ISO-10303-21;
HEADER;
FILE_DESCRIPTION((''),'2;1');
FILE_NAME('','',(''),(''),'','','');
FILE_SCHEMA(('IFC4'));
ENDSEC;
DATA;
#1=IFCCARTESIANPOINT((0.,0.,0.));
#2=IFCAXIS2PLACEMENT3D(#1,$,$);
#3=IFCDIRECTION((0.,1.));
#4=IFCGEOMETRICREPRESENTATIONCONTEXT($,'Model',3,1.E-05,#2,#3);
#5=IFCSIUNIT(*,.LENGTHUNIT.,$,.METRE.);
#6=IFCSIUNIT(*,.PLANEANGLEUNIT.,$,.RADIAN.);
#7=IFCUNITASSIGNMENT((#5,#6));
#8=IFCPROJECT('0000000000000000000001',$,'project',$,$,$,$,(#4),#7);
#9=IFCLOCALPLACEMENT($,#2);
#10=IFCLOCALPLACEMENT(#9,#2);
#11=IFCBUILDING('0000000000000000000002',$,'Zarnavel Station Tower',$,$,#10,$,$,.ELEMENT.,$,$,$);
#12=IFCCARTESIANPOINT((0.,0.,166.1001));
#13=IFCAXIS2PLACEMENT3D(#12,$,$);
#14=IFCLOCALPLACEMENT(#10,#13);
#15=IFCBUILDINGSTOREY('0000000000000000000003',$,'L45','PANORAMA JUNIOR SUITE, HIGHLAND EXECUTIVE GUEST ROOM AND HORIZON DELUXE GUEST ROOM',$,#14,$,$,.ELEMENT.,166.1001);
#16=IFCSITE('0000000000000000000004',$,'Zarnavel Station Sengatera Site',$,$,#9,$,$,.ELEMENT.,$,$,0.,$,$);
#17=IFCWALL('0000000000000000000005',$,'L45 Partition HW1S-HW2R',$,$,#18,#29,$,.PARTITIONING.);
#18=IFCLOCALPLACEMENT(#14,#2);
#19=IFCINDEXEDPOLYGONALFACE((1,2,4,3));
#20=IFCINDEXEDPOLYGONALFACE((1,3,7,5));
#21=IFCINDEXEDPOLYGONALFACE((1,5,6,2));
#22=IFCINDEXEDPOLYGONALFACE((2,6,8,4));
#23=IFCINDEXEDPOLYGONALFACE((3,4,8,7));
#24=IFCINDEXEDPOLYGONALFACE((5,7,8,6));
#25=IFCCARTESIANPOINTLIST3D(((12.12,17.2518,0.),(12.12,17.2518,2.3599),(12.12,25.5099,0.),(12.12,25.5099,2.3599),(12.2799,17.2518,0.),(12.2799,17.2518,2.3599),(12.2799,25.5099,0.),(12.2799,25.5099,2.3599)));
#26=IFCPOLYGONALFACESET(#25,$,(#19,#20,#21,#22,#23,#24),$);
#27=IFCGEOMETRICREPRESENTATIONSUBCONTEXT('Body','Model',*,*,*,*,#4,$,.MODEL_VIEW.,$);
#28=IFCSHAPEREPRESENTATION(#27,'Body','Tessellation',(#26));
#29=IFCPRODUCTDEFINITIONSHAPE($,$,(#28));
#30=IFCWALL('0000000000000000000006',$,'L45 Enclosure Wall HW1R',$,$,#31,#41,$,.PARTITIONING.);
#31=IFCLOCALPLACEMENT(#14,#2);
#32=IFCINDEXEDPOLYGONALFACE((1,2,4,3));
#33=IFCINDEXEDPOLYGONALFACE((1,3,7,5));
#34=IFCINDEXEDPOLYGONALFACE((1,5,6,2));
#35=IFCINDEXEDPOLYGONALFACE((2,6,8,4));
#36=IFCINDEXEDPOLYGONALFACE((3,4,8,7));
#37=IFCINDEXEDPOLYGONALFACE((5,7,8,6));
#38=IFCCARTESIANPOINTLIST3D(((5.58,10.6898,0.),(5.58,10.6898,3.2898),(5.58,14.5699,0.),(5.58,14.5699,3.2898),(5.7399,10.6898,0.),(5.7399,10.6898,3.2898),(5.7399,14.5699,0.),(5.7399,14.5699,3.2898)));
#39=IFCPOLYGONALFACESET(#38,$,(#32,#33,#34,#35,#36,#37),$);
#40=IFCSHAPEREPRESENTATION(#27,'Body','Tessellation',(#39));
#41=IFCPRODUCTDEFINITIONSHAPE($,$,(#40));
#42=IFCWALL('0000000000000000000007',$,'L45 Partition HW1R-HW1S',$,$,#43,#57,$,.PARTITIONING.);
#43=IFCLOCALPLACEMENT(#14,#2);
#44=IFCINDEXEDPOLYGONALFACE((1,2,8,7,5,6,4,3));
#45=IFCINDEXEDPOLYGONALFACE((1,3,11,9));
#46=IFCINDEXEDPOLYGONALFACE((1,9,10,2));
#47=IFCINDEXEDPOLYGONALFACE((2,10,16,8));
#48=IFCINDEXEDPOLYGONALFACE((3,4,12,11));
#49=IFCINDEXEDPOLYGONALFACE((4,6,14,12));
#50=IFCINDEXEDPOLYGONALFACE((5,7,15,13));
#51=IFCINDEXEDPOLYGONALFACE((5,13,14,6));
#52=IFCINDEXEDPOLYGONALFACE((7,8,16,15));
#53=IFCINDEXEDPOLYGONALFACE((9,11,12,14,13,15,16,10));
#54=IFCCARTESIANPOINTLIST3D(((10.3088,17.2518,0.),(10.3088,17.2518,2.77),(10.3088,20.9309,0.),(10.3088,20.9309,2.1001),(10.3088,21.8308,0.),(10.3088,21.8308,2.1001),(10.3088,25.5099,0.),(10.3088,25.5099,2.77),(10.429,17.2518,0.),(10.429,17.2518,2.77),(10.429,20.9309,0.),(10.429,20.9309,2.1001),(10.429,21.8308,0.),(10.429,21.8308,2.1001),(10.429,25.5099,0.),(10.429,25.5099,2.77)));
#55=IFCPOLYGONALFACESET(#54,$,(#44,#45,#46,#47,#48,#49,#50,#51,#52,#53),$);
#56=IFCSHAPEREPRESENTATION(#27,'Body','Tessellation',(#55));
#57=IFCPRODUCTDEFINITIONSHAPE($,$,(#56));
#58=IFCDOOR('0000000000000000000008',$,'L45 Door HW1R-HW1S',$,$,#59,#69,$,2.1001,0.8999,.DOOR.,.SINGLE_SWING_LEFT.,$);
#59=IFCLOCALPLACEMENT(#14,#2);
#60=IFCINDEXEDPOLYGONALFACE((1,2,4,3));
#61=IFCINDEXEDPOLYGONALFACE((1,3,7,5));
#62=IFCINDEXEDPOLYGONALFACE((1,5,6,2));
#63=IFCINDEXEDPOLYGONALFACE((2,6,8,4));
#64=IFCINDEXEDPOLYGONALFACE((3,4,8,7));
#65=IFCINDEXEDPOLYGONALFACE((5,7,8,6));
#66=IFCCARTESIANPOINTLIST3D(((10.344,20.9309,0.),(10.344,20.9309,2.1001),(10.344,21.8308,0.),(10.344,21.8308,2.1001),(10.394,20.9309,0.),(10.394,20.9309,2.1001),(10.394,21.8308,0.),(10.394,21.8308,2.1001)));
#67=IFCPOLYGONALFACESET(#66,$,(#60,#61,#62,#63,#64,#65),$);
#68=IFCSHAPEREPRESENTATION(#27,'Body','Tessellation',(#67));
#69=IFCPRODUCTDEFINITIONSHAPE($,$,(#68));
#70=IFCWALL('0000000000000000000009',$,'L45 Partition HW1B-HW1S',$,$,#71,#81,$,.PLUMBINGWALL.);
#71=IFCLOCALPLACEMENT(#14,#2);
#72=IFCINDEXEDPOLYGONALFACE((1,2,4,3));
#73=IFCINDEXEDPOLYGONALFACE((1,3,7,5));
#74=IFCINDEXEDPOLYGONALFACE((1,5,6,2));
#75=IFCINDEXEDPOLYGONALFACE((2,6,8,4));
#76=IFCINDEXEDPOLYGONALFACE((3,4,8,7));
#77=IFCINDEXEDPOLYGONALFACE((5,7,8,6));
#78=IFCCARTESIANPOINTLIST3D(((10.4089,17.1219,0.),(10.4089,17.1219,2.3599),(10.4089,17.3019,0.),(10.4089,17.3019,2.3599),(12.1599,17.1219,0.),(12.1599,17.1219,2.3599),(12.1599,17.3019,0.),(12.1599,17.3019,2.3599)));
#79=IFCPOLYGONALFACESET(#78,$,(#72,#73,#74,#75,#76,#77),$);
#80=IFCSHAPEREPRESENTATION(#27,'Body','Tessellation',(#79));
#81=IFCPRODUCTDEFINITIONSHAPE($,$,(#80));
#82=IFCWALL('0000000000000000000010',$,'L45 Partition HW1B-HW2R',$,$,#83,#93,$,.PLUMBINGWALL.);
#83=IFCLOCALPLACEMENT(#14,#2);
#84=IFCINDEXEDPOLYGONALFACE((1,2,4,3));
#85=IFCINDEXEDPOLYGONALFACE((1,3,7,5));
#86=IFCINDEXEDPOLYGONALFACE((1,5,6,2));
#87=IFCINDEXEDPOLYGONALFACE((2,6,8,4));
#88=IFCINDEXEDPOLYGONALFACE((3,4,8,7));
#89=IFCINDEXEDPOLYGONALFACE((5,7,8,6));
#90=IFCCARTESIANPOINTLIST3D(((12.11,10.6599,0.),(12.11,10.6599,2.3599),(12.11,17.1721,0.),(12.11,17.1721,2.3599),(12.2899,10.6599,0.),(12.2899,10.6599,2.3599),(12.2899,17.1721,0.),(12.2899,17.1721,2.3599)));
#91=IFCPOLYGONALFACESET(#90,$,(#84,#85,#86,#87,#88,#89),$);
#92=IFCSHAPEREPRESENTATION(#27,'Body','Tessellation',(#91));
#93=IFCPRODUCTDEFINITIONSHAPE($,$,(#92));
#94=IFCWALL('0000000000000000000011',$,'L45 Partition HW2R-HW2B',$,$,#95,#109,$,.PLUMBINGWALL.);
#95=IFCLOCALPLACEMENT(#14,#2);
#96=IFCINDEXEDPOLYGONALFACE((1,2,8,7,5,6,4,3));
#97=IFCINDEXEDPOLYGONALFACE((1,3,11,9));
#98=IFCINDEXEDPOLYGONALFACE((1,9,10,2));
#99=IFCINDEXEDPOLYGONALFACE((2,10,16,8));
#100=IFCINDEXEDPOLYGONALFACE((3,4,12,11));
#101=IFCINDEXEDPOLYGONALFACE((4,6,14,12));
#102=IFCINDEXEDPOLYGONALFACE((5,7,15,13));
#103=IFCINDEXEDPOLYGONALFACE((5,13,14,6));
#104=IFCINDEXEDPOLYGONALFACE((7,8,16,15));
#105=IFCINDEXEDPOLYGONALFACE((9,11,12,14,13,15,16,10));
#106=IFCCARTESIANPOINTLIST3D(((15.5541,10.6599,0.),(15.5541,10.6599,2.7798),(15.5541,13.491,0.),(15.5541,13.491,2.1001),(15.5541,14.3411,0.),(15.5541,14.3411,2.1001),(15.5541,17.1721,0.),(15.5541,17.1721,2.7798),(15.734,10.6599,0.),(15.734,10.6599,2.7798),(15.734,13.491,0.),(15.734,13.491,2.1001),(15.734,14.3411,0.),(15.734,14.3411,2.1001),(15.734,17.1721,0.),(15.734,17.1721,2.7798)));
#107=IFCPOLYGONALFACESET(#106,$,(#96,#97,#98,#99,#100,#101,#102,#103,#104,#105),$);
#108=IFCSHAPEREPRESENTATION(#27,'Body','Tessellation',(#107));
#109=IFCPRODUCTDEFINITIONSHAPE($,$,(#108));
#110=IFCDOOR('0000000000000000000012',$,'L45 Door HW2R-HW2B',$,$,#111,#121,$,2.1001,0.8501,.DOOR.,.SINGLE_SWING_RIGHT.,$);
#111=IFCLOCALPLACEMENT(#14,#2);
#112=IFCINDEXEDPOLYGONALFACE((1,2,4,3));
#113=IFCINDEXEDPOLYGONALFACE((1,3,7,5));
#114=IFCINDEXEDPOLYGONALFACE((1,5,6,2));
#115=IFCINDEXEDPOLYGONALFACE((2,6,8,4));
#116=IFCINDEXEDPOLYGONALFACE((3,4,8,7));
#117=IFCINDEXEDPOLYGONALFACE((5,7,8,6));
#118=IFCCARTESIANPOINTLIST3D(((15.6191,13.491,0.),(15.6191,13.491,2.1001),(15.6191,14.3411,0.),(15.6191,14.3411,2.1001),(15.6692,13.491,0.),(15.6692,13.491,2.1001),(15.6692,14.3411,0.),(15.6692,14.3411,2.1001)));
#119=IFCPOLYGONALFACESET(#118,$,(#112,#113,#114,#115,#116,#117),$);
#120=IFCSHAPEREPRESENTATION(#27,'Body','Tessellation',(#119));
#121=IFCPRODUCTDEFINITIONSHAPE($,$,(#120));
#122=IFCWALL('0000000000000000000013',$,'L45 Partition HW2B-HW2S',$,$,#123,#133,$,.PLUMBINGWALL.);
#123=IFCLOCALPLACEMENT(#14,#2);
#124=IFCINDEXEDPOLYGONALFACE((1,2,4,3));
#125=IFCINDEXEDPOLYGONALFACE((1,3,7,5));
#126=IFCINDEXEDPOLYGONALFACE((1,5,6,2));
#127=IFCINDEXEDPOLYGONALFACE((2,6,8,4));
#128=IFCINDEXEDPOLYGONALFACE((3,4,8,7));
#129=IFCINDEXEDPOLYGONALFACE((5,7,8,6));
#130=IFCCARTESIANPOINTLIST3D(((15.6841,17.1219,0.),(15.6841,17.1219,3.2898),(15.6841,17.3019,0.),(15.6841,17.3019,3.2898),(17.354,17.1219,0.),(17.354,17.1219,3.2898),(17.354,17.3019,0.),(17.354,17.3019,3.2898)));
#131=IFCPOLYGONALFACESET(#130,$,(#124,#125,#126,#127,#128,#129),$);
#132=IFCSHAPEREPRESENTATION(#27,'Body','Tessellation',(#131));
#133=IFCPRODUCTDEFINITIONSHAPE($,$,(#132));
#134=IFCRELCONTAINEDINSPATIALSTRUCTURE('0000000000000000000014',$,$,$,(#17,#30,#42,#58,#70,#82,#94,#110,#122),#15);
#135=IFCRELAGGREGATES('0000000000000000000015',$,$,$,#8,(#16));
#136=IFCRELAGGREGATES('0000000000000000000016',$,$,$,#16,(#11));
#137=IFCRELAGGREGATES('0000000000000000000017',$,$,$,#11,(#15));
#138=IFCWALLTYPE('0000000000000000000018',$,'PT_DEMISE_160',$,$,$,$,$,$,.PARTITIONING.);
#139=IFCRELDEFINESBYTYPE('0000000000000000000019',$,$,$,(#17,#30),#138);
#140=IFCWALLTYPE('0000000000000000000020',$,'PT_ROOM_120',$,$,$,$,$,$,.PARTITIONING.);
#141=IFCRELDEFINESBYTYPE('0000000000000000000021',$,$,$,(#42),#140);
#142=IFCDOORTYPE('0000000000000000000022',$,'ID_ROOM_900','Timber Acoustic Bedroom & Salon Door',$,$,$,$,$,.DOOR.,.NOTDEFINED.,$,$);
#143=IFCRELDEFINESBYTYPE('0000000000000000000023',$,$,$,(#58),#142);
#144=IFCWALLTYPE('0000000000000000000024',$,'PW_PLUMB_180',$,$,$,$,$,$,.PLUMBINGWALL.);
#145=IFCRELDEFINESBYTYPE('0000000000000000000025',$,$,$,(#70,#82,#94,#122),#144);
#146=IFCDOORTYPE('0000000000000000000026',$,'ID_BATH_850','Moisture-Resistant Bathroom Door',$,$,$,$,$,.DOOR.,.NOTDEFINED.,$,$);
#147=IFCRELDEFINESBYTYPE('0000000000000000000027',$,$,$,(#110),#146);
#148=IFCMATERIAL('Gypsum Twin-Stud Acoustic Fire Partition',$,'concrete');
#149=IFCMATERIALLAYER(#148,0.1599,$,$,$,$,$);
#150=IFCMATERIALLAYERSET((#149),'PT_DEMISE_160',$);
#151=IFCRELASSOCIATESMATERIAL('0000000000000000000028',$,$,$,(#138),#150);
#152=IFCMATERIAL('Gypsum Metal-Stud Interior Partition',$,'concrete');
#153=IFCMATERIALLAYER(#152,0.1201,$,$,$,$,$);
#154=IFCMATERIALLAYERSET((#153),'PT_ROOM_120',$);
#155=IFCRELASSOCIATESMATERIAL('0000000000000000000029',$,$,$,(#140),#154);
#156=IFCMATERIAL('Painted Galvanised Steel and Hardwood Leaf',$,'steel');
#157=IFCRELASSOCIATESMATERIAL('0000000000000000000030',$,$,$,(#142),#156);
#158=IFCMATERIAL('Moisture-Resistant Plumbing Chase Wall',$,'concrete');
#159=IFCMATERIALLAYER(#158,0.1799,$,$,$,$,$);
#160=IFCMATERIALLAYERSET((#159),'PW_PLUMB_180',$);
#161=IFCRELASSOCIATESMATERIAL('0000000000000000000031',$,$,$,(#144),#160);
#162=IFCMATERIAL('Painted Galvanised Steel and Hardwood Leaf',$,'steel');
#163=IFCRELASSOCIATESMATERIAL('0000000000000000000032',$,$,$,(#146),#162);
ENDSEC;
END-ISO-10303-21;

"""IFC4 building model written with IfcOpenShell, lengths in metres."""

from ifc_helpers import new_model, si_unit, direction, frame, frame_2d, origin, place, context, subcontext, project, spatial, rectangle, extrude, material, layer, layer_set, type_object, element, fill, save


model = new_model("IFC4")

# Units and contexts
model_context = context("Model", 3, precision=1e-05, world=origin(), true_north=direction((0.0, 1.0)))
body_context = subcontext(model_context, "Body", "Model", "MODEL_VIEW")
ifc_project = project(units=[si_unit("LENGTHUNIT", "METRE"), si_unit("PLANEANGLEUNIT", "RADIAN")], contexts=[model_context])

# Site, building, storey
site_placement = place(None, origin())
site = spatial("IfcSite", under=ifc_project, at=site_placement, Name="Zarnavel Station Sengatera Site", CompositionType="ELEMENT", RefElevation=0.0)
building_placement = place(site_placement, origin())
building = spatial("IfcBuilding", under=site, at=building_placement, Name="Zarnavel Station Tower", CompositionType="ELEMENT")
storey_placement = place(building_placement, frame((0.0, 0.0, 166.1001)))
storey = spatial("IfcBuildingStorey", under=building, at=storey_placement, Name="L45", Description="PANORAMA JUNIOR SUITE, HIGHLAND EXECUTIVE GUEST ROOM AND HORIZON DELUXE GUEST ROOM", CompositionType="ELEMENT", Elevation=166.1001)

# Walls
ifc_material_1 = material(Name="Gypsum Twin-Stud Acoustic Fire Partition", Category="concrete")
ifc_layer_1 = layer(ifc_material_1, 0.1599)
ifc_layer_set_1 = layer_set([ifc_layer_1], Name="PT_DEMISE_160")
wall_type_1 = type_object("IfcWallType", Name="PT_DEMISE_160", PredefinedType="PARTITIONING", material=ifc_layer_set_1)
wall_1_placement = place(storey_placement, frame((12.2, 17.252, 0.0), z_axis=(0.0, 0.0, 1.0), x_axis=(0.0, 1.0, 0.0)))
element("IfcWall", 1, at=wall_1_placement, inside=storey, type_object=wall_type_1, Name="L45 Partition HW1S-HW2R", PredefinedType="PARTITIONING", context=body_context, shape_type="SweptSolid", body=[
    extrude(rectangle(XDim=8.2581, YDim=0.1599, at=frame_2d((4.1289, 0.0))), origin(), (0.0, 0.0, 1.0), 2.3599),
])
wall_2_placement = place(storey_placement, frame((5.6599, 10.6899, 0.0), z_axis=(0.0, 0.0, 1.0), x_axis=(0.0, 1.0, 0.0)))
element("IfcWall", 2, at=wall_2_placement, inside=storey, type_object=wall_type_1, Name="L45 Enclosure Wall HW1R", PredefinedType="PARTITIONING", context=body_context, shape_type="SweptSolid", body=[
    extrude(rectangle(XDim=3.8801, YDim=0.1599, at=frame_2d((1.9399, 0.0))), origin(), (0.0, 0.0, 1.0), 3.2898),
])

# Wall, opening, door
ifc_material_2 = material(Name="Gypsum Metal-Stud Interior Partition", Category="concrete")
ifc_layer_2 = layer(ifc_material_2, 0.1201)
ifc_layer_set_2 = layer_set([ifc_layer_2], Name="PT_ROOM_120")
wall_type_2 = type_object("IfcWallType", Name="PT_ROOM_120", PredefinedType="PARTITIONING", material=ifc_layer_set_2)
wall_3_placement = place(storey_placement, frame((10.3689, 17.252, 0.0), z_axis=(0.0, 0.0, 1.0), x_axis=(0.0, 1.0, 0.0)))
wall_3 = element("IfcWall", 3, at=wall_3_placement, inside=storey, type_object=wall_type_2, Name="L45 Partition HW1R-HW1S", PredefinedType="PARTITIONING", context=body_context, shape_type="SweptSolid", body=[
    extrude(rectangle(XDim=8.2581, YDim=0.1201, at=frame_2d((4.1289, 0.0))), origin(), (0.0, 0.0, 1.0), 2.77),
])
opening_1_placement = place(wall_3_placement, frame((3.679, 0.0, 0.0)))
opening_1 = element("IfcOpeningElement", 4, at=opening_1_placement, cuts=wall_3, PredefinedType="OPENING", context=body_context, shape_type="SweptSolid", body=[
    extrude(rectangle(XDim=0.8999, YDim=2.1001, at=frame_2d((0.45, 1.05))), frame((0.0, 0.0701, 0.0), z_axis=(0.0, -1.0, 0.0), x_axis=(1.0, 0.0, 0.0)), (0.0, 0.0, 1.0), 0.1401),
])
ifc_material_3 = material(Name="Painted Galvanised Steel and Hardwood Leaf", Category="steel")
door_type_1 = type_object("IfcDoorType", Name="ID_ROOM_900", Description="Timber Acoustic Bedroom & Salon Door", OperationType="NOTDEFINED", PredefinedType="DOOR", material=ifc_material_3)
door_1_placement = place(opening_1_placement, origin())
door_1 = element("IfcDoor", 5, at=door_1_placement, inside=storey, type_object=door_type_1, Name="L45 Door HW1R-HW1S", OperationType="SINGLE_SWING_LEFT", OverallHeight=2.1001, OverallWidth=0.8999, PredefinedType="DOOR", context=body_context, shape_type="SweptSolid", body=[
    extrude(rectangle(XDim=0.8999, YDim=2.1001, at=frame_2d((0.45, 1.05))), frame((0.0, 0.0249, 0.0), z_axis=(0.0, -1.0, 0.0), x_axis=(1.0, 0.0, 0.0)), (0.0, 0.0, 1.0), 0.05),
])
fill(opening_1, door_1)

# Walls
ifc_material_4 = material(Name="Moisture-Resistant Plumbing Chase Wall", Category="concrete")
ifc_layer_3 = layer(ifc_material_4, 0.1799)
ifc_layer_set_3 = layer_set([ifc_layer_3], Name="PW_PLUMB_180")
wall_type_3 = type_object("IfcWallType", Name="PW_PLUMB_180", PredefinedType="PLUMBINGWALL", material=ifc_layer_set_3)
wall_4_placement = place(storey_placement, frame((10.4089, 17.2119, 0.0), z_axis=(0.0, 0.0, 1.0), x_axis=(1.0, 0.0, 0.0)))
element("IfcWall", 6, at=wall_4_placement, inside=storey, type_object=wall_type_3, Name="L45 Partition HW1B-HW1S", PredefinedType="PLUMBINGWALL", context=body_context, shape_type="SweptSolid", body=[
    extrude(rectangle(XDim=1.751, YDim=0.1799, at=frame_2d((0.8755, 0.0))), origin(), (0.0, 0.0, 1.0), 2.3599),
])
wall_5_placement = place(storey_placement, frame((12.2, 10.6599, 0.0), z_axis=(0.0, 0.0, 1.0), x_axis=(0.0, 1.0, 0.0)))
element("IfcWall", 7, at=wall_5_placement, inside=storey, type_object=wall_type_3, Name="L45 Partition HW1B-HW2R", PredefinedType="PLUMBINGWALL", context=body_context, shape_type="SweptSolid", body=[
    extrude(rectangle(XDim=6.5122, YDim=0.1799, at=frame_2d((3.2561, 0.0))), origin(), (0.0, 0.0, 1.0), 2.3599),
])

# Wall, opening, door
wall_6_placement = place(storey_placement, frame((15.644, 10.6599, 0.0), z_axis=(0.0, 0.0, 1.0), x_axis=(0.0, 1.0, 0.0)))
wall_6 = element("IfcWall", 8, at=wall_6_placement, inside=storey, type_object=wall_type_3, Name="L45 Partition HW2R-HW2B", PredefinedType="PLUMBINGWALL", context=body_context, shape_type="SweptSolid", body=[
    extrude(rectangle(XDim=6.5122, YDim=0.1799, at=frame_2d((3.2561, 0.0))), origin(), (0.0, 0.0, 1.0), 2.7798),
])
opening_2_placement = place(wall_6_placement, frame((2.8311, 0.0, 0.0)))
opening_2 = element("IfcOpeningElement", 9, at=opening_2_placement, cuts=wall_6, PredefinedType="OPENING", context=body_context, shape_type="SweptSolid", body=[
    extrude(rectangle(XDim=0.8501, YDim=2.1001, at=frame_2d((0.425, 1.05))), frame((0.0, 0.0999, 0.0), z_axis=(0.0, -1.0, 0.0), x_axis=(1.0, 0.0, 0.0)), (0.0, 0.0, 1.0), 0.2),
])
ifc_material_5 = material(Name="Painted Galvanised Steel and Hardwood Leaf", Category="steel")
door_type_2 = type_object("IfcDoorType", Name="ID_BATH_850", Description="Moisture-Resistant Bathroom Door", OperationType="NOTDEFINED", PredefinedType="DOOR", material=ifc_material_5)
door_2_placement = place(opening_2_placement, origin())
door_2 = element("IfcDoor", 10, at=door_2_placement, inside=storey, type_object=door_type_2, Name="L45 Door HW2R-HW2B", OperationType="SINGLE_SWING_RIGHT", OverallHeight=2.1001, OverallWidth=0.8501, PredefinedType="DOOR", context=body_context, shape_type="SweptSolid", body=[
    extrude(rectangle(XDim=0.8501, YDim=2.1001, at=frame_2d((0.425, 1.05))), frame((0.0, 0.0249, 0.0), z_axis=(0.0, -1.0, 0.0), x_axis=(1.0, 0.0, 0.0)), (0.0, 0.0, 1.0), 0.05),
])
fill(opening_2, door_2)

# Wall
wall_7_placement = place(storey_placement, frame((15.6841, 17.2119, 0.0), z_axis=(0.0, 0.0, 1.0), x_axis=(1.0, 0.0, 0.0)))
element("IfcWall", 11, at=wall_7_placement, inside=storey, type_object=wall_type_3, Name="L45 Partition HW2B-HW2S", PredefinedType="PLUMBINGWALL", context=body_context, shape_type="SweptSolid", body=[
    extrude(rectangle(XDim=1.6699, YDim=0.1799, at=frame_2d((0.835, 0.0))), origin(), (0.0, 0.0, 1.0), 3.2898),
])

save(model, "model.ifc")
